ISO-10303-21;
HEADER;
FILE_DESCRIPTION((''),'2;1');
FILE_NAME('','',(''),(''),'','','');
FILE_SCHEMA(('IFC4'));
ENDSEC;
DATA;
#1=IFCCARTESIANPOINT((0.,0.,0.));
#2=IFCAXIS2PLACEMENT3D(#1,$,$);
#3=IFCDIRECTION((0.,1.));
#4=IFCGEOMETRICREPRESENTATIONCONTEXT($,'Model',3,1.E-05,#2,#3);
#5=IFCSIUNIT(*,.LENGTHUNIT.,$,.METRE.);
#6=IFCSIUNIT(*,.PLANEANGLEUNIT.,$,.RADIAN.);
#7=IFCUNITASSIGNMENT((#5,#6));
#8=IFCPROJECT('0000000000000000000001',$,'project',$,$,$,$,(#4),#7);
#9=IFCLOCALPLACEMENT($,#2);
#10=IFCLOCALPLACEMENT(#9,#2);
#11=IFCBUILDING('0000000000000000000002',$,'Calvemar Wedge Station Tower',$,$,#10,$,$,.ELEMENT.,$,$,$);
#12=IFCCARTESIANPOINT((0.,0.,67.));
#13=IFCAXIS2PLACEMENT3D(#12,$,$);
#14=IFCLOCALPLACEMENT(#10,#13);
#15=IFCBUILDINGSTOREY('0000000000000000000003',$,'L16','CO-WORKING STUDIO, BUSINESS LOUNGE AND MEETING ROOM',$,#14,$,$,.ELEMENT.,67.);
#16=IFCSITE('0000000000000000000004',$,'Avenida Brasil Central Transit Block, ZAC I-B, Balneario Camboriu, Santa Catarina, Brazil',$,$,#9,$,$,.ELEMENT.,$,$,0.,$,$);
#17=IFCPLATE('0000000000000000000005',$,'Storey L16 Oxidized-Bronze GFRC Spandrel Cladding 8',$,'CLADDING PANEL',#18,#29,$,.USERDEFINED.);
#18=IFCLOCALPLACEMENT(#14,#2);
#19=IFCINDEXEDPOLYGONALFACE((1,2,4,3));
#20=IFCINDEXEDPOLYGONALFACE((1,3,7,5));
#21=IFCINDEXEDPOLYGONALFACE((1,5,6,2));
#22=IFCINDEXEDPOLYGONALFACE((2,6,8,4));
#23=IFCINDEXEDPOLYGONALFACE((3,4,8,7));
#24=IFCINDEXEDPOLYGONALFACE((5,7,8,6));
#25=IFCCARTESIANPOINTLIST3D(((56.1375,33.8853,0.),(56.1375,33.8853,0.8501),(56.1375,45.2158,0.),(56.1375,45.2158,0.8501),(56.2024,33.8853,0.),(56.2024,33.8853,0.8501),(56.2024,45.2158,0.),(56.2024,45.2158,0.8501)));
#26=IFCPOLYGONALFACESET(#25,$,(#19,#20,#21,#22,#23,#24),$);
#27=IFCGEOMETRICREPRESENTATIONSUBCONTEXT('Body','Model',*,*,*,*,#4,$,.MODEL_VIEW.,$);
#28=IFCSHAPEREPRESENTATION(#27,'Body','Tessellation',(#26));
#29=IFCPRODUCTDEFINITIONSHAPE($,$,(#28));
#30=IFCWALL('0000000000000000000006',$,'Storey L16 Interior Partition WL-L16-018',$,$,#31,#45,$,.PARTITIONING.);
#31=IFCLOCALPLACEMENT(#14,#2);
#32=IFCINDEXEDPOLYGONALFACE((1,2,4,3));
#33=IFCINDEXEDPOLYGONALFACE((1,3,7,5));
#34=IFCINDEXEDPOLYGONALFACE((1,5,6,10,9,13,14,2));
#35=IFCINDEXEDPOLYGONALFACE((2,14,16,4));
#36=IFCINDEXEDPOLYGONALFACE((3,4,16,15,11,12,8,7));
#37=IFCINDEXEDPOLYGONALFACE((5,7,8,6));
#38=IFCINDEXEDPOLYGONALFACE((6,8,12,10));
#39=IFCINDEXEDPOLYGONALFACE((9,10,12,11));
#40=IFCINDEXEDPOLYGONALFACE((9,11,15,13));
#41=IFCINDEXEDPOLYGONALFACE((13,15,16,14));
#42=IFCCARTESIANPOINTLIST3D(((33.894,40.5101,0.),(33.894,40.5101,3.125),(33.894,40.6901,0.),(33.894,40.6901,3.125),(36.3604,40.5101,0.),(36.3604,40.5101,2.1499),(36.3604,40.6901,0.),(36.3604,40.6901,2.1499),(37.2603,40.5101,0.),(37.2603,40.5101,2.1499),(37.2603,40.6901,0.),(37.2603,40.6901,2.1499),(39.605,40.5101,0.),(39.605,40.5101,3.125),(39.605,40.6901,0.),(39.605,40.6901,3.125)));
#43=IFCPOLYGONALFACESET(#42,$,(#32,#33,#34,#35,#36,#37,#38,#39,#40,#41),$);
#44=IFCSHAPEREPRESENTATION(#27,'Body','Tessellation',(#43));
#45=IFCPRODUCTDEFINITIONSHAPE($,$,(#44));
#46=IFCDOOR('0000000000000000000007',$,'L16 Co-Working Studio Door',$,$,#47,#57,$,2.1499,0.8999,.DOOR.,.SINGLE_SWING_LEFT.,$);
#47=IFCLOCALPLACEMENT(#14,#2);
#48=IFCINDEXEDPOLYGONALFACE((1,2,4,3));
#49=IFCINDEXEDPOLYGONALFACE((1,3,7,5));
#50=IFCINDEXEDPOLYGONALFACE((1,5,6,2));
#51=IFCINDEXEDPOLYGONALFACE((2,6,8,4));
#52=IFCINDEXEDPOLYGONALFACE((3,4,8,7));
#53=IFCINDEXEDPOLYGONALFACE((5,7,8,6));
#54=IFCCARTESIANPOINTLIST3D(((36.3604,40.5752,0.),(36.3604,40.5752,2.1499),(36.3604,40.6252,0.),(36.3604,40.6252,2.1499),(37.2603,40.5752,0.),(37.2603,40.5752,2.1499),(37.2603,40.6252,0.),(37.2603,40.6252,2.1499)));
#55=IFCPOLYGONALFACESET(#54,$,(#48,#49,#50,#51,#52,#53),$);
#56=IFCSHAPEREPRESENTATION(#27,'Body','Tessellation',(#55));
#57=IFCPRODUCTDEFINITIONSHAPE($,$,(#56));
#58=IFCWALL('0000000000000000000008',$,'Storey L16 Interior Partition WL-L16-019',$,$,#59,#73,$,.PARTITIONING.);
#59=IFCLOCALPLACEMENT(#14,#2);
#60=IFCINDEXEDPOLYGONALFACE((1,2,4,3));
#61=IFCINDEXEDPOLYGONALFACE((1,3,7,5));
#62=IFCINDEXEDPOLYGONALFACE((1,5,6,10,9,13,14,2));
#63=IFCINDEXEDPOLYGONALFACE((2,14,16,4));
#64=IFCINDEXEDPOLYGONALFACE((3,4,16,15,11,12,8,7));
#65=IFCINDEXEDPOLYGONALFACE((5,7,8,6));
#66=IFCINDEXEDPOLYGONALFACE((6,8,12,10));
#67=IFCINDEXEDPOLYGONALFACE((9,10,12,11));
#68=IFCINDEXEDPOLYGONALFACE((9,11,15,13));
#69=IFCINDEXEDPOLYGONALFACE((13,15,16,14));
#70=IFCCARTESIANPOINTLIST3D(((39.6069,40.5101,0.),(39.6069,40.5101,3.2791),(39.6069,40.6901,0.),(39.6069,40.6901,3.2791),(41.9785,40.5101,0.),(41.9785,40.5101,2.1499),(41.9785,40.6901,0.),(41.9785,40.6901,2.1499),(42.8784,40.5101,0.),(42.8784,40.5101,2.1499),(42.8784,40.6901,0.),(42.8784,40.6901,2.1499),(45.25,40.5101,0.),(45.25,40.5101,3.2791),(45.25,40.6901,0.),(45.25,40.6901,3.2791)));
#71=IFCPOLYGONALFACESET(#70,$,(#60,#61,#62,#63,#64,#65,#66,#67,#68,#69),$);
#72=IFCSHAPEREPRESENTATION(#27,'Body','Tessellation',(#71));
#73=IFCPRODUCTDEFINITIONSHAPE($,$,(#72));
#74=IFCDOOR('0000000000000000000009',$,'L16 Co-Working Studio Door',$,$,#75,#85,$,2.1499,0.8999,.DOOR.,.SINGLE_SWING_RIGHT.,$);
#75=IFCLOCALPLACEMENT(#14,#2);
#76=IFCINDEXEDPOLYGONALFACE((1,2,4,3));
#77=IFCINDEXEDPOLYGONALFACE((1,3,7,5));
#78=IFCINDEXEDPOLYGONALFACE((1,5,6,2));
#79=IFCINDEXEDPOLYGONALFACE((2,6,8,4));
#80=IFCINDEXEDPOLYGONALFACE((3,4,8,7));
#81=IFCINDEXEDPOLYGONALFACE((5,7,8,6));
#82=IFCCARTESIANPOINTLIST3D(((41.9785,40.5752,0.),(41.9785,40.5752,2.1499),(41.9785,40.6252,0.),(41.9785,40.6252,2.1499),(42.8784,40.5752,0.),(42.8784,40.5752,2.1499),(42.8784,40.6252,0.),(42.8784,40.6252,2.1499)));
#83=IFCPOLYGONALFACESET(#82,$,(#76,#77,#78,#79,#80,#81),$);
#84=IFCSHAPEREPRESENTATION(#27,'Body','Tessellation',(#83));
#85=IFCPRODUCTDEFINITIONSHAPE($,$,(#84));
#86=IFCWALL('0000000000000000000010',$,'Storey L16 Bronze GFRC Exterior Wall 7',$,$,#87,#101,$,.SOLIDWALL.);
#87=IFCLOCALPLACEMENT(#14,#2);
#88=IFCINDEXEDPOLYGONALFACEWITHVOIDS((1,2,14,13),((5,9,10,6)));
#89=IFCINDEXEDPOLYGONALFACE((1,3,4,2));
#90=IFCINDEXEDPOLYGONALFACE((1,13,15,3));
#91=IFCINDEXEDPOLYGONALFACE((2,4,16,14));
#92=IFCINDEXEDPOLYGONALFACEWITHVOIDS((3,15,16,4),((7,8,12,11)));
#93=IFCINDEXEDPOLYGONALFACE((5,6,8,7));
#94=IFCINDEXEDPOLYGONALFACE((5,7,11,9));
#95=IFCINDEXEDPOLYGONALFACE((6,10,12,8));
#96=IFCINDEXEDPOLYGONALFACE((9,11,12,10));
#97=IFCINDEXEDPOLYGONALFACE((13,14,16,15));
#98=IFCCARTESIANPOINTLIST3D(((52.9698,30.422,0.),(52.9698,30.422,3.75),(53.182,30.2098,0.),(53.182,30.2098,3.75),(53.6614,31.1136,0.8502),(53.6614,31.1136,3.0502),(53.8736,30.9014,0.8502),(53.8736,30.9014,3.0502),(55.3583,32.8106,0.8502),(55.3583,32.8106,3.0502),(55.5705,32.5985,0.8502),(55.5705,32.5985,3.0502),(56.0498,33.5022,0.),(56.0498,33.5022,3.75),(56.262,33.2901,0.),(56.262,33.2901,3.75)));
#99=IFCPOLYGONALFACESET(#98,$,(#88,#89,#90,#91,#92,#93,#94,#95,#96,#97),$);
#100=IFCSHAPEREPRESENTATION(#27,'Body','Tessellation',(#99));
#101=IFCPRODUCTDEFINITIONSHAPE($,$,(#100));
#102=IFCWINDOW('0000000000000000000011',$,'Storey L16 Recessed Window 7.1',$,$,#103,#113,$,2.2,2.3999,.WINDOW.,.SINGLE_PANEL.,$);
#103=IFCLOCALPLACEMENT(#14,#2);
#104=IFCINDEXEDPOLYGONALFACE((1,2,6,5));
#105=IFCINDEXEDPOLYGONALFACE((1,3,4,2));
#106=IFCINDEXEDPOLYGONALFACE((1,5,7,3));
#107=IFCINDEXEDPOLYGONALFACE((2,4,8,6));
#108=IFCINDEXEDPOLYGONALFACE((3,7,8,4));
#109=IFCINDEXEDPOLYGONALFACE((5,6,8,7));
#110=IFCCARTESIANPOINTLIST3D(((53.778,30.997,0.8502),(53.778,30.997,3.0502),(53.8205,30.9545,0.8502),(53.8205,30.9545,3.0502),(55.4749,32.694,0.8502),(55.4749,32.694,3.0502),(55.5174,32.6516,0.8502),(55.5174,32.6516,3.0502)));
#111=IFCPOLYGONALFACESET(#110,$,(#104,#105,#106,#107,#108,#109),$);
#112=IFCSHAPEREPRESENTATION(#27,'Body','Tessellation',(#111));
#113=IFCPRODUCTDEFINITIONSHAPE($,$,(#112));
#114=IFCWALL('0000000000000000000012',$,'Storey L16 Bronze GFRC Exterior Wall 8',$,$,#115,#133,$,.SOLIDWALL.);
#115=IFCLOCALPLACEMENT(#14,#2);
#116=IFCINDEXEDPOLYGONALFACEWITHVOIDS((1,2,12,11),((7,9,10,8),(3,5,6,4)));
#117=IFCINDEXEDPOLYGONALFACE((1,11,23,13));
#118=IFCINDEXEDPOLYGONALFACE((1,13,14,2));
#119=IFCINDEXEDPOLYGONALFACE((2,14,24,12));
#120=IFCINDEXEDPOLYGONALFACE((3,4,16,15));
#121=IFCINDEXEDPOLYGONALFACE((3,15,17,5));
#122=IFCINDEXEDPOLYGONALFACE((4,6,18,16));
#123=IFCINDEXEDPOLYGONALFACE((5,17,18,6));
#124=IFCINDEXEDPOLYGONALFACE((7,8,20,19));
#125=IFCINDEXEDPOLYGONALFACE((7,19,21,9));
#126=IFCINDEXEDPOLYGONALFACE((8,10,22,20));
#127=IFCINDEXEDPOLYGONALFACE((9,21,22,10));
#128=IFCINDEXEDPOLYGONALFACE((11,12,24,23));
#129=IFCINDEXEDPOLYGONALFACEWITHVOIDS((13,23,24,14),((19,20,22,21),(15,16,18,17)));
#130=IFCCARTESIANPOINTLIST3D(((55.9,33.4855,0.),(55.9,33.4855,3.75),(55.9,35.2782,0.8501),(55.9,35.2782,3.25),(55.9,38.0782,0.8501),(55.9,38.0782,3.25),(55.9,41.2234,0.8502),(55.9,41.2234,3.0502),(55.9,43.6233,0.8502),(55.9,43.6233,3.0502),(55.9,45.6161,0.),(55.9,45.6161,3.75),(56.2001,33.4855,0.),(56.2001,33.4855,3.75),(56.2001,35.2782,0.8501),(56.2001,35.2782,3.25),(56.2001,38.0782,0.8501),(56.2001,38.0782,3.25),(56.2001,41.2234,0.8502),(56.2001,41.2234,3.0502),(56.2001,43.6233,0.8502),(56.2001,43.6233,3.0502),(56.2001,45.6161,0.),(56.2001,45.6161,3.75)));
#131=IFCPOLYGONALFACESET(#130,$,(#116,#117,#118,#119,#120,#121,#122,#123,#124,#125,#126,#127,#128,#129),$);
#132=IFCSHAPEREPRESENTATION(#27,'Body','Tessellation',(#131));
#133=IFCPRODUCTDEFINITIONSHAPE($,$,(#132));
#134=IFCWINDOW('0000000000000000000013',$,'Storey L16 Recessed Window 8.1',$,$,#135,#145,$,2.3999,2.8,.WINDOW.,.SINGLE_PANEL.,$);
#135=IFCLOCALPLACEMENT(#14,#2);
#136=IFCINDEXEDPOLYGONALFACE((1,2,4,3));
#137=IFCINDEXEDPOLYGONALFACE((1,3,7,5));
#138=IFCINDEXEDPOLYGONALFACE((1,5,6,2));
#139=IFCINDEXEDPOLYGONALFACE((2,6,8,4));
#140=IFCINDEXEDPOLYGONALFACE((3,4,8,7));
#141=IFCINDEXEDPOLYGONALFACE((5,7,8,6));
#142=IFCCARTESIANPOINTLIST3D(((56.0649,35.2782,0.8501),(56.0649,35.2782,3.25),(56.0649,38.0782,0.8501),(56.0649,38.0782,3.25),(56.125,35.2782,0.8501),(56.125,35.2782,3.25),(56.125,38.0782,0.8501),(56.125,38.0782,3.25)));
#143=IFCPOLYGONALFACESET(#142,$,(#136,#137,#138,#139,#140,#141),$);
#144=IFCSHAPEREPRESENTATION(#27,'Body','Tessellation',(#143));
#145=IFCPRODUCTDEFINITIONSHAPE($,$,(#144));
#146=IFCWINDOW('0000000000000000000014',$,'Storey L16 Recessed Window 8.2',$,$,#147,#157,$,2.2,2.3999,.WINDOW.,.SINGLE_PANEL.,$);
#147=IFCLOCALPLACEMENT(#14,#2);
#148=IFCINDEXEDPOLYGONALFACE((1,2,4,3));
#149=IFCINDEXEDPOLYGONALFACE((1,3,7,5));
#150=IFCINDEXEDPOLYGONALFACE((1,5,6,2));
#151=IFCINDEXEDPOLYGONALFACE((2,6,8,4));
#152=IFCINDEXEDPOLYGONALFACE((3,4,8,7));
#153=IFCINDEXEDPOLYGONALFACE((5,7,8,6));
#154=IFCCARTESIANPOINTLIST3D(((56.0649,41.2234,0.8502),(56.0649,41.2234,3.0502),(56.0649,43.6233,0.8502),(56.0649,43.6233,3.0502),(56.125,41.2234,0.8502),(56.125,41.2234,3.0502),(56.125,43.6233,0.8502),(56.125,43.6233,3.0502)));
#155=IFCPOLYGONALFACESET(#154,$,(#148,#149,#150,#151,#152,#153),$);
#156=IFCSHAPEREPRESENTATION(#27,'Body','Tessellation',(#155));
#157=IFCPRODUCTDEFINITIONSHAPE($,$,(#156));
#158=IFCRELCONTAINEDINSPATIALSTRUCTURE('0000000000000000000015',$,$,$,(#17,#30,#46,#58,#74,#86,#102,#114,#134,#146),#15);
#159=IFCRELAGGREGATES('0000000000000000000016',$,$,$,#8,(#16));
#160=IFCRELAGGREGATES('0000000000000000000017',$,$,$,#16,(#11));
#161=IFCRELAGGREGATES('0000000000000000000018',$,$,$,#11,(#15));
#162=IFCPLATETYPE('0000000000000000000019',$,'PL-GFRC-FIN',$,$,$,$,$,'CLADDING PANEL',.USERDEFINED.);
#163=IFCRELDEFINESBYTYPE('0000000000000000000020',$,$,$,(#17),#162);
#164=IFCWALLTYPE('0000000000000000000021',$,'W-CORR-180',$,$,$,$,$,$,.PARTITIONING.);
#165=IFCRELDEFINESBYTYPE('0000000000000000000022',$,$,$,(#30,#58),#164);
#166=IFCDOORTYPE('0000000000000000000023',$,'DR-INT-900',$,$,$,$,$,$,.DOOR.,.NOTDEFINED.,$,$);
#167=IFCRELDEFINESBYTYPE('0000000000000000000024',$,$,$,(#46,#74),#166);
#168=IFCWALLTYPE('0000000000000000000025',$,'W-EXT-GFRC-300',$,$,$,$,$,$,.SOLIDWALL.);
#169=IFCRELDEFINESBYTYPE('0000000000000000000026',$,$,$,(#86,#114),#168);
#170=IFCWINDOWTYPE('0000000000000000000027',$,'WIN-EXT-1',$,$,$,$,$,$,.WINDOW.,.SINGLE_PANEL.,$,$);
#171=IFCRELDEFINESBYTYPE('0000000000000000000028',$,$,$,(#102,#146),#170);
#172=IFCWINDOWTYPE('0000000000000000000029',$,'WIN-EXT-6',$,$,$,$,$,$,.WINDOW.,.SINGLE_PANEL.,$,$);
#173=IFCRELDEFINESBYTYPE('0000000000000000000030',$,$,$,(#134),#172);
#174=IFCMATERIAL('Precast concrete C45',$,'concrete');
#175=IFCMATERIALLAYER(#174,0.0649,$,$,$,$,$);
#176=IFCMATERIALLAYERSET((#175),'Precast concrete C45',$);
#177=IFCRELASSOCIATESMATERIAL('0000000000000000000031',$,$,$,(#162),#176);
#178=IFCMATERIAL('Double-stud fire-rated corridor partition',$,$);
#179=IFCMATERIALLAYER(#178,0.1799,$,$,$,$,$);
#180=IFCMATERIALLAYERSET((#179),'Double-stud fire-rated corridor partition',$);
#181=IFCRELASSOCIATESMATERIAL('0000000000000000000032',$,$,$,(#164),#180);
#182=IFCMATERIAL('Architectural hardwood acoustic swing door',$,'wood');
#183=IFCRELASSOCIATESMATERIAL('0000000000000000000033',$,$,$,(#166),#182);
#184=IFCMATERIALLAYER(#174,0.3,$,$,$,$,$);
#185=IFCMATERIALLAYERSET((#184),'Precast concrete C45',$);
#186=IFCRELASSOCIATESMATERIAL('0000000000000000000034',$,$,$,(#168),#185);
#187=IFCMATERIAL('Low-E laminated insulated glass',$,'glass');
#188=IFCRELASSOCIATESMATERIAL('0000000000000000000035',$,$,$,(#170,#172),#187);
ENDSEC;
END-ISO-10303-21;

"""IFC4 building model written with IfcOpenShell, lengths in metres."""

from ifc_helpers import new_model, si_unit, direction, frame, frame_2d, origin, place, context, subcontext, project, spatial, rectangle, extrude, source, transform, mapped, material, layer, layer_set, type_object, element, fill, save


model = new_model("IFC4")

# Units and contexts
model_context = context("Model", 3, precision=1e-05, world=origin(), true_north=direction((0.0, 1.0)))
body_context = subcontext(model_context, "Body", "Model", "MODEL_VIEW")
ifc_project = project(units=[si_unit("LENGTHUNIT", "METRE"), si_unit("PLANEANGLEUNIT", "RADIAN")], contexts=[model_context])

# Site, building, storey
site_placement = place(None, origin())
site = spatial("IfcSite", under=ifc_project, at=site_placement, Name="Avenida Brasil Central Transit Block, ZAC I-B, Balneario Camboriu, Santa Catarina, Brazil", CompositionType="ELEMENT", RefElevation=0.0)
building_placement = place(site_placement, origin())
building = spatial("IfcBuilding", under=site, at=building_placement, Name="Calvemar Wedge Station Tower", CompositionType="ELEMENT")
storey_placement = place(building_placement, frame((0.0, 0.0, 67.0)))
storey = spatial("IfcBuildingStorey", under=building, at=storey_placement, Name="L16", Description="CO-WORKING STUDIO, BUSINESS LOUNGE AND MEETING ROOM", CompositionType="ELEMENT", Elevation=67.0)

# Plate
ifc_material_1 = material(Name="Precast concrete C45", Category="concrete")
ifc_layer_1 = layer(ifc_material_1, 0.0649)
ifc_layer_set_1 = layer_set([ifc_layer_1], Name="Precast concrete C45")
plate_type = type_object("IfcPlateType", Name="PL-GFRC-FIN", ElementType="CLADDING PANEL", PredefinedType="USERDEFINED", material=ifc_layer_set_1)
plate_placement = place(storey_placement, frame((56.1699, 33.8853, 0.0), z_axis=(0.0, 0.0, 1.0), x_axis=(0.0, 1.0, 0.0)))
element("IfcPlate", 1, at=plate_placement, inside=storey, type_object=plate_type, Name="Storey L16 Oxidized-Bronze GFRC Spandrel Cladding 8", ObjectType="CLADDING PANEL", PredefinedType="USERDEFINED", context=body_context, shape_type="SweptSolid", body=[
    extrude(rectangle(XDim=11.3306, YDim=0.0649, at=frame_2d((5.6653, 0.0))), origin(), (0.0, 0.0, 1.0), 0.8501),
])

# Walls, openings, doors
ifc_material_2 = material(Name="Double-stud fire-rated corridor partition")
ifc_layer_2 = layer(ifc_material_2, 0.1799)
ifc_layer_set_2 = layer_set([ifc_layer_2], Name="Double-stud fire-rated corridor partition")
wall_type_1 = type_object("IfcWallType", Name="W-CORR-180", PredefinedType="PARTITIONING", material=ifc_layer_set_2)
wall_1_placement = place(storey_placement, frame((39.605, 40.6001, 0.0), z_axis=(0.0, 0.0, 1.0), x_axis=(-1.0, 0.0, 0.0)))
wall_1 = element("IfcWall", 2, at=wall_1_placement, inside=storey, type_object=wall_type_1, Name="Storey L16 Interior Partition WL-L16-018", PredefinedType="PARTITIONING", context=body_context, shape_type="SweptSolid", body=[
    extrude(rectangle(XDim=5.7109, YDim=0.1799, at=frame_2d((2.8555, 0.0))), origin(), (0.0, 0.0, 1.0), 3.125),
])
shared_shape_1 = source(origin(), body_context, "Body", "SweptSolid", [
    extrude(rectangle(XDim=0.8999, YDim=2.1499, at=frame_2d((0.45, 1.075))), frame((0.0, 0.1001, 0.0), z_axis=(0.0, -1.0, 0.0), x_axis=(1.0, 0.0, 0.0)), (0.0, 0.0, 1.0), 0.2),
])
opening_1_placement = place(wall_1_placement, frame((2.3447, 0.0, 0.0)))
opening_1 = element("IfcOpeningElement", 3, at=opening_1_placement, cuts=wall_1, PredefinedType="OPENING", context=body_context, shape_type="MappedRepresentation", body=[
    mapped(shared_shape_1, transform((0.0, 0.0, 0.0), scale=1.0)),
])
ifc_material_3 = material(Name="Architectural hardwood acoustic swing door", Category="wood")
door_type = type_object("IfcDoorType", Name="DR-INT-900", OperationType="NOTDEFINED", PredefinedType="DOOR", material=ifc_material_3)
shared_shape_2 = source(origin(), body_context, "Body", "SweptSolid", [
    extrude(rectangle(XDim=0.8999, YDim=2.1499, at=frame_2d((0.45, 1.075))), frame((0.0, 0.0249, 0.0), z_axis=(0.0, -1.0, 0.0), x_axis=(1.0, 0.0, 0.0)), (0.0, 0.0, 1.0), 0.05),
])
door_1_placement = place(opening_1_placement, origin())
door_1 = element("IfcDoor", 4, at=door_1_placement, inside=storey, type_object=door_type, Name="L16 Co-Working Studio Door", OperationType="SINGLE_SWING_LEFT", OverallHeight=2.1499, OverallWidth=0.8999, PredefinedType="DOOR", context=body_context, shape_type="MappedRepresentation", body=[
    mapped(shared_shape_2, transform((0.0, 0.0, 0.0), scale=1.0)),
])
fill(opening_1, door_1)
wall_2_placement = place(storey_placement, frame((45.25, 40.6001, 0.0), z_axis=(0.0, 0.0, 1.0), x_axis=(-1.0, 0.0, 0.0)))
wall_2 = element("IfcWall", 5, at=wall_2_placement, inside=storey, type_object=wall_type_1, Name="Storey L16 Interior Partition WL-L16-019", PredefinedType="PARTITIONING", context=body_context, shape_type="SweptSolid", body=[
    extrude(rectangle(XDim=5.6431, YDim=0.1799, at=frame_2d((2.8215, 0.0))), origin(), (0.0, 0.0, 1.0), 3.2791),
])
opening_2_placement = place(wall_2_placement, frame((2.3716, 0.0, 0.0)))
opening_2 = element("IfcOpeningElement", 6, at=opening_2_placement, cuts=wall_2, PredefinedType="OPENING", context=body_context, shape_type="MappedRepresentation", body=[
    mapped(shared_shape_1, transform((0.0, 0.0, 0.0), scale=1.0)),
])
door_2_placement = place(opening_2_placement, origin())
door_2 = element("IfcDoor", 7, at=door_2_placement, inside=storey, type_object=door_type, Name="L16 Co-Working Studio Door", OperationType="SINGLE_SWING_RIGHT", OverallHeight=2.1499, OverallWidth=0.8999, PredefinedType="DOOR", context=body_context, shape_type="MappedRepresentation", body=[
    mapped(shared_shape_2, transform((0.0, 0.0, 0.0), scale=1.0)),
])
fill(opening_2, door_2)

# Wall, opening, window
ifc_layer_3 = layer(ifc_material_1, 0.3)
ifc_layer_set_3 = layer_set([ifc_layer_3], Name="Precast concrete C45")
wall_type_2 = type_object("IfcWallType", Name="W-EXT-GFRC-300", PredefinedType="SOLIDWALL", material=ifc_layer_set_3)
wall_3_placement = place(storey_placement, frame((53.0759, 30.3159, 0.0), z_axis=(0.0, 0.0, 1.0), x_axis=(0.707079, 0.707135, 0.0)))
wall_3 = element("IfcWall", 8, at=wall_3_placement, inside=storey, type_object=wall_type_2, Name="Storey L16 Bronze GFRC Exterior Wall 7", PredefinedType="SOLIDWALL", context=body_context, shape_type="SweptSolid", body=[
    extrude(rectangle(XDim=4.356, YDim=0.3, at=frame_2d((2.178, 0.0))), origin(), (0.0, 0.0, 1.0), 3.75),
])
shared_shape_3 = source(origin(), body_context, "Body", "SweptSolid", [
    extrude(rectangle(XDim=2.3999, YDim=2.2, at=frame_2d((1.2, 1.1001))), frame((0.0, 0.1602, 0.0), z_axis=(0.0, -1.0, 0.0), x_axis=(1.0, 0.0, 0.0)), (0.0, 0.0, 1.0), 0.3201),
])
opening_3_placement = place(wall_3_placement, frame((0.978, 0.0, 0.8501)))
opening_3 = element("IfcOpeningElement", 9, at=opening_3_placement, cuts=wall_3, PredefinedType="OPENING", context=body_context, shape_type="MappedRepresentation", body=[
    mapped(shared_shape_3, transform((0.0, 0.0, 0.0), scale=1.0)),
])
ifc_material_4 = material(Name="Low-E laminated insulated glass", Category="glass")
window_type_1 = type_object("IfcWindowType", Name="WIN-EXT-1", PartitioningType="SINGLE_PANEL", PredefinedType="WINDOW", material=ifc_material_4)
shared_shape_4 = source(origin(), body_context, "Body", "SweptSolid", [
    extrude(rectangle(XDim=2.3999, YDim=2.2, at=frame_2d((1.2, 1.1001))), frame((0.0, -0.0149, 0.0), z_axis=(0.0, -1.0, 0.0), x_axis=(1.0, 0.0, 0.0)), (0.0, 0.0, 1.0), 0.0601),
])
window_1_placement = place(opening_3_placement, origin())
window_1 = element("IfcWindow", 10, at=window_1_placement, inside=storey, type_object=window_type_1, Name="Storey L16 Recessed Window 7.1", OverallHeight=2.2, OverallWidth=2.3999, PartitioningType="SINGLE_PANEL", PredefinedType="WINDOW", context=body_context, shape_type="MappedRepresentation", body=[
    mapped(shared_shape_4, transform((0.0, 0.0, 0.0), scale=1.0)),
])
fill(opening_3, window_1)

# Wall, openings, windows
wall_4_placement = place(storey_placement, frame((56.05, 33.4854, 0.0), z_axis=(0.0, 0.0, 1.0), x_axis=(0.0, 1.0, 0.0)))
wall_4 = element("IfcWall", 11, at=wall_4_placement, inside=storey, type_object=wall_type_2, Name="Storey L16 Bronze GFRC Exterior Wall 8", PredefinedType="SOLIDWALL", context=body_context, shape_type="SweptSolid", body=[
    extrude(rectangle(XDim=12.1306, YDim=0.3, at=frame_2d((6.0654, 0.0))), origin(), (0.0, 0.0, 1.0), 3.75),
])
shared_shape_5 = source(origin(), body_context, "Body", "SweptSolid", [
    extrude(rectangle(XDim=2.8, YDim=2.3999, at=frame_2d((1.3999, 1.2))), frame((0.0, 0.1602, 0.0), z_axis=(0.0, -1.0, 0.0), x_axis=(1.0, 0.0, 0.0)), (0.0, 0.0, 1.0), 0.3201),
])
opening_4_placement = place(wall_4_placement, frame((1.793, 0.0, 0.8501)))
opening_4 = element("IfcOpeningElement", 12, at=opening_4_placement, cuts=wall_4, PredefinedType="OPENING", context=body_context, shape_type="MappedRepresentation", body=[
    mapped(shared_shape_5, transform((0.0, 0.0, 0.0), scale=1.0)),
])
opening_5_placement = place(wall_4_placement, frame((7.738, 0.0, 0.8501)))
opening_5 = element("IfcOpeningElement", 13, at=opening_5_placement, cuts=wall_4, PredefinedType="OPENING", context=body_context, shape_type="MappedRepresentation", body=[
    mapped(shared_shape_3, transform((0.0, 0.0, 0.0), scale=1.0)),
])
window_type_2 = type_object("IfcWindowType", Name="WIN-EXT-6", PartitioningType="SINGLE_PANEL", PredefinedType="WINDOW", material=ifc_material_4)
shared_shape_6 = source(origin(), body_context, "Body", "SweptSolid", [
    extrude(rectangle(XDim=2.8, YDim=2.3999, at=frame_2d((1.3999, 1.2))), frame((0.0, -0.0149, 0.0), z_axis=(0.0, -1.0, 0.0), x_axis=(1.0, 0.0, 0.0)), (0.0, 0.0, 1.0), 0.0601),
])
window_2_placement = place(opening_4_placement, origin())
window_2 = element("IfcWindow", 14, at=window_2_placement, inside=storey, type_object=window_type_2, Name="Storey L16 Recessed Window 8.1", OverallHeight=2.3999, OverallWidth=2.8, PartitioningType="SINGLE_PANEL", PredefinedType="WINDOW", context=body_context, shape_type="MappedRepresentation", body=[
    mapped(shared_shape_6, transform((0.0, 0.0, 0.0), scale=1.0)),
])
fill(opening_4, window_2)
window_3_placement = place(opening_5_placement, origin())
window_3 = element("IfcWindow", 15, at=window_3_placement, inside=storey, type_object=window_type_1, Name="Storey L16 Recessed Window 8.2", OverallHeight=2.2, OverallWidth=2.3999, PartitioningType="SINGLE_PANEL", PredefinedType="WINDOW", context=body_context, shape_type="MappedRepresentation", body=[
    mapped(shared_shape_4, transform((0.0, 0.0, 0.0), scale=1.0)),
])
fill(opening_5, window_3)

save(model, "model.ifc")
